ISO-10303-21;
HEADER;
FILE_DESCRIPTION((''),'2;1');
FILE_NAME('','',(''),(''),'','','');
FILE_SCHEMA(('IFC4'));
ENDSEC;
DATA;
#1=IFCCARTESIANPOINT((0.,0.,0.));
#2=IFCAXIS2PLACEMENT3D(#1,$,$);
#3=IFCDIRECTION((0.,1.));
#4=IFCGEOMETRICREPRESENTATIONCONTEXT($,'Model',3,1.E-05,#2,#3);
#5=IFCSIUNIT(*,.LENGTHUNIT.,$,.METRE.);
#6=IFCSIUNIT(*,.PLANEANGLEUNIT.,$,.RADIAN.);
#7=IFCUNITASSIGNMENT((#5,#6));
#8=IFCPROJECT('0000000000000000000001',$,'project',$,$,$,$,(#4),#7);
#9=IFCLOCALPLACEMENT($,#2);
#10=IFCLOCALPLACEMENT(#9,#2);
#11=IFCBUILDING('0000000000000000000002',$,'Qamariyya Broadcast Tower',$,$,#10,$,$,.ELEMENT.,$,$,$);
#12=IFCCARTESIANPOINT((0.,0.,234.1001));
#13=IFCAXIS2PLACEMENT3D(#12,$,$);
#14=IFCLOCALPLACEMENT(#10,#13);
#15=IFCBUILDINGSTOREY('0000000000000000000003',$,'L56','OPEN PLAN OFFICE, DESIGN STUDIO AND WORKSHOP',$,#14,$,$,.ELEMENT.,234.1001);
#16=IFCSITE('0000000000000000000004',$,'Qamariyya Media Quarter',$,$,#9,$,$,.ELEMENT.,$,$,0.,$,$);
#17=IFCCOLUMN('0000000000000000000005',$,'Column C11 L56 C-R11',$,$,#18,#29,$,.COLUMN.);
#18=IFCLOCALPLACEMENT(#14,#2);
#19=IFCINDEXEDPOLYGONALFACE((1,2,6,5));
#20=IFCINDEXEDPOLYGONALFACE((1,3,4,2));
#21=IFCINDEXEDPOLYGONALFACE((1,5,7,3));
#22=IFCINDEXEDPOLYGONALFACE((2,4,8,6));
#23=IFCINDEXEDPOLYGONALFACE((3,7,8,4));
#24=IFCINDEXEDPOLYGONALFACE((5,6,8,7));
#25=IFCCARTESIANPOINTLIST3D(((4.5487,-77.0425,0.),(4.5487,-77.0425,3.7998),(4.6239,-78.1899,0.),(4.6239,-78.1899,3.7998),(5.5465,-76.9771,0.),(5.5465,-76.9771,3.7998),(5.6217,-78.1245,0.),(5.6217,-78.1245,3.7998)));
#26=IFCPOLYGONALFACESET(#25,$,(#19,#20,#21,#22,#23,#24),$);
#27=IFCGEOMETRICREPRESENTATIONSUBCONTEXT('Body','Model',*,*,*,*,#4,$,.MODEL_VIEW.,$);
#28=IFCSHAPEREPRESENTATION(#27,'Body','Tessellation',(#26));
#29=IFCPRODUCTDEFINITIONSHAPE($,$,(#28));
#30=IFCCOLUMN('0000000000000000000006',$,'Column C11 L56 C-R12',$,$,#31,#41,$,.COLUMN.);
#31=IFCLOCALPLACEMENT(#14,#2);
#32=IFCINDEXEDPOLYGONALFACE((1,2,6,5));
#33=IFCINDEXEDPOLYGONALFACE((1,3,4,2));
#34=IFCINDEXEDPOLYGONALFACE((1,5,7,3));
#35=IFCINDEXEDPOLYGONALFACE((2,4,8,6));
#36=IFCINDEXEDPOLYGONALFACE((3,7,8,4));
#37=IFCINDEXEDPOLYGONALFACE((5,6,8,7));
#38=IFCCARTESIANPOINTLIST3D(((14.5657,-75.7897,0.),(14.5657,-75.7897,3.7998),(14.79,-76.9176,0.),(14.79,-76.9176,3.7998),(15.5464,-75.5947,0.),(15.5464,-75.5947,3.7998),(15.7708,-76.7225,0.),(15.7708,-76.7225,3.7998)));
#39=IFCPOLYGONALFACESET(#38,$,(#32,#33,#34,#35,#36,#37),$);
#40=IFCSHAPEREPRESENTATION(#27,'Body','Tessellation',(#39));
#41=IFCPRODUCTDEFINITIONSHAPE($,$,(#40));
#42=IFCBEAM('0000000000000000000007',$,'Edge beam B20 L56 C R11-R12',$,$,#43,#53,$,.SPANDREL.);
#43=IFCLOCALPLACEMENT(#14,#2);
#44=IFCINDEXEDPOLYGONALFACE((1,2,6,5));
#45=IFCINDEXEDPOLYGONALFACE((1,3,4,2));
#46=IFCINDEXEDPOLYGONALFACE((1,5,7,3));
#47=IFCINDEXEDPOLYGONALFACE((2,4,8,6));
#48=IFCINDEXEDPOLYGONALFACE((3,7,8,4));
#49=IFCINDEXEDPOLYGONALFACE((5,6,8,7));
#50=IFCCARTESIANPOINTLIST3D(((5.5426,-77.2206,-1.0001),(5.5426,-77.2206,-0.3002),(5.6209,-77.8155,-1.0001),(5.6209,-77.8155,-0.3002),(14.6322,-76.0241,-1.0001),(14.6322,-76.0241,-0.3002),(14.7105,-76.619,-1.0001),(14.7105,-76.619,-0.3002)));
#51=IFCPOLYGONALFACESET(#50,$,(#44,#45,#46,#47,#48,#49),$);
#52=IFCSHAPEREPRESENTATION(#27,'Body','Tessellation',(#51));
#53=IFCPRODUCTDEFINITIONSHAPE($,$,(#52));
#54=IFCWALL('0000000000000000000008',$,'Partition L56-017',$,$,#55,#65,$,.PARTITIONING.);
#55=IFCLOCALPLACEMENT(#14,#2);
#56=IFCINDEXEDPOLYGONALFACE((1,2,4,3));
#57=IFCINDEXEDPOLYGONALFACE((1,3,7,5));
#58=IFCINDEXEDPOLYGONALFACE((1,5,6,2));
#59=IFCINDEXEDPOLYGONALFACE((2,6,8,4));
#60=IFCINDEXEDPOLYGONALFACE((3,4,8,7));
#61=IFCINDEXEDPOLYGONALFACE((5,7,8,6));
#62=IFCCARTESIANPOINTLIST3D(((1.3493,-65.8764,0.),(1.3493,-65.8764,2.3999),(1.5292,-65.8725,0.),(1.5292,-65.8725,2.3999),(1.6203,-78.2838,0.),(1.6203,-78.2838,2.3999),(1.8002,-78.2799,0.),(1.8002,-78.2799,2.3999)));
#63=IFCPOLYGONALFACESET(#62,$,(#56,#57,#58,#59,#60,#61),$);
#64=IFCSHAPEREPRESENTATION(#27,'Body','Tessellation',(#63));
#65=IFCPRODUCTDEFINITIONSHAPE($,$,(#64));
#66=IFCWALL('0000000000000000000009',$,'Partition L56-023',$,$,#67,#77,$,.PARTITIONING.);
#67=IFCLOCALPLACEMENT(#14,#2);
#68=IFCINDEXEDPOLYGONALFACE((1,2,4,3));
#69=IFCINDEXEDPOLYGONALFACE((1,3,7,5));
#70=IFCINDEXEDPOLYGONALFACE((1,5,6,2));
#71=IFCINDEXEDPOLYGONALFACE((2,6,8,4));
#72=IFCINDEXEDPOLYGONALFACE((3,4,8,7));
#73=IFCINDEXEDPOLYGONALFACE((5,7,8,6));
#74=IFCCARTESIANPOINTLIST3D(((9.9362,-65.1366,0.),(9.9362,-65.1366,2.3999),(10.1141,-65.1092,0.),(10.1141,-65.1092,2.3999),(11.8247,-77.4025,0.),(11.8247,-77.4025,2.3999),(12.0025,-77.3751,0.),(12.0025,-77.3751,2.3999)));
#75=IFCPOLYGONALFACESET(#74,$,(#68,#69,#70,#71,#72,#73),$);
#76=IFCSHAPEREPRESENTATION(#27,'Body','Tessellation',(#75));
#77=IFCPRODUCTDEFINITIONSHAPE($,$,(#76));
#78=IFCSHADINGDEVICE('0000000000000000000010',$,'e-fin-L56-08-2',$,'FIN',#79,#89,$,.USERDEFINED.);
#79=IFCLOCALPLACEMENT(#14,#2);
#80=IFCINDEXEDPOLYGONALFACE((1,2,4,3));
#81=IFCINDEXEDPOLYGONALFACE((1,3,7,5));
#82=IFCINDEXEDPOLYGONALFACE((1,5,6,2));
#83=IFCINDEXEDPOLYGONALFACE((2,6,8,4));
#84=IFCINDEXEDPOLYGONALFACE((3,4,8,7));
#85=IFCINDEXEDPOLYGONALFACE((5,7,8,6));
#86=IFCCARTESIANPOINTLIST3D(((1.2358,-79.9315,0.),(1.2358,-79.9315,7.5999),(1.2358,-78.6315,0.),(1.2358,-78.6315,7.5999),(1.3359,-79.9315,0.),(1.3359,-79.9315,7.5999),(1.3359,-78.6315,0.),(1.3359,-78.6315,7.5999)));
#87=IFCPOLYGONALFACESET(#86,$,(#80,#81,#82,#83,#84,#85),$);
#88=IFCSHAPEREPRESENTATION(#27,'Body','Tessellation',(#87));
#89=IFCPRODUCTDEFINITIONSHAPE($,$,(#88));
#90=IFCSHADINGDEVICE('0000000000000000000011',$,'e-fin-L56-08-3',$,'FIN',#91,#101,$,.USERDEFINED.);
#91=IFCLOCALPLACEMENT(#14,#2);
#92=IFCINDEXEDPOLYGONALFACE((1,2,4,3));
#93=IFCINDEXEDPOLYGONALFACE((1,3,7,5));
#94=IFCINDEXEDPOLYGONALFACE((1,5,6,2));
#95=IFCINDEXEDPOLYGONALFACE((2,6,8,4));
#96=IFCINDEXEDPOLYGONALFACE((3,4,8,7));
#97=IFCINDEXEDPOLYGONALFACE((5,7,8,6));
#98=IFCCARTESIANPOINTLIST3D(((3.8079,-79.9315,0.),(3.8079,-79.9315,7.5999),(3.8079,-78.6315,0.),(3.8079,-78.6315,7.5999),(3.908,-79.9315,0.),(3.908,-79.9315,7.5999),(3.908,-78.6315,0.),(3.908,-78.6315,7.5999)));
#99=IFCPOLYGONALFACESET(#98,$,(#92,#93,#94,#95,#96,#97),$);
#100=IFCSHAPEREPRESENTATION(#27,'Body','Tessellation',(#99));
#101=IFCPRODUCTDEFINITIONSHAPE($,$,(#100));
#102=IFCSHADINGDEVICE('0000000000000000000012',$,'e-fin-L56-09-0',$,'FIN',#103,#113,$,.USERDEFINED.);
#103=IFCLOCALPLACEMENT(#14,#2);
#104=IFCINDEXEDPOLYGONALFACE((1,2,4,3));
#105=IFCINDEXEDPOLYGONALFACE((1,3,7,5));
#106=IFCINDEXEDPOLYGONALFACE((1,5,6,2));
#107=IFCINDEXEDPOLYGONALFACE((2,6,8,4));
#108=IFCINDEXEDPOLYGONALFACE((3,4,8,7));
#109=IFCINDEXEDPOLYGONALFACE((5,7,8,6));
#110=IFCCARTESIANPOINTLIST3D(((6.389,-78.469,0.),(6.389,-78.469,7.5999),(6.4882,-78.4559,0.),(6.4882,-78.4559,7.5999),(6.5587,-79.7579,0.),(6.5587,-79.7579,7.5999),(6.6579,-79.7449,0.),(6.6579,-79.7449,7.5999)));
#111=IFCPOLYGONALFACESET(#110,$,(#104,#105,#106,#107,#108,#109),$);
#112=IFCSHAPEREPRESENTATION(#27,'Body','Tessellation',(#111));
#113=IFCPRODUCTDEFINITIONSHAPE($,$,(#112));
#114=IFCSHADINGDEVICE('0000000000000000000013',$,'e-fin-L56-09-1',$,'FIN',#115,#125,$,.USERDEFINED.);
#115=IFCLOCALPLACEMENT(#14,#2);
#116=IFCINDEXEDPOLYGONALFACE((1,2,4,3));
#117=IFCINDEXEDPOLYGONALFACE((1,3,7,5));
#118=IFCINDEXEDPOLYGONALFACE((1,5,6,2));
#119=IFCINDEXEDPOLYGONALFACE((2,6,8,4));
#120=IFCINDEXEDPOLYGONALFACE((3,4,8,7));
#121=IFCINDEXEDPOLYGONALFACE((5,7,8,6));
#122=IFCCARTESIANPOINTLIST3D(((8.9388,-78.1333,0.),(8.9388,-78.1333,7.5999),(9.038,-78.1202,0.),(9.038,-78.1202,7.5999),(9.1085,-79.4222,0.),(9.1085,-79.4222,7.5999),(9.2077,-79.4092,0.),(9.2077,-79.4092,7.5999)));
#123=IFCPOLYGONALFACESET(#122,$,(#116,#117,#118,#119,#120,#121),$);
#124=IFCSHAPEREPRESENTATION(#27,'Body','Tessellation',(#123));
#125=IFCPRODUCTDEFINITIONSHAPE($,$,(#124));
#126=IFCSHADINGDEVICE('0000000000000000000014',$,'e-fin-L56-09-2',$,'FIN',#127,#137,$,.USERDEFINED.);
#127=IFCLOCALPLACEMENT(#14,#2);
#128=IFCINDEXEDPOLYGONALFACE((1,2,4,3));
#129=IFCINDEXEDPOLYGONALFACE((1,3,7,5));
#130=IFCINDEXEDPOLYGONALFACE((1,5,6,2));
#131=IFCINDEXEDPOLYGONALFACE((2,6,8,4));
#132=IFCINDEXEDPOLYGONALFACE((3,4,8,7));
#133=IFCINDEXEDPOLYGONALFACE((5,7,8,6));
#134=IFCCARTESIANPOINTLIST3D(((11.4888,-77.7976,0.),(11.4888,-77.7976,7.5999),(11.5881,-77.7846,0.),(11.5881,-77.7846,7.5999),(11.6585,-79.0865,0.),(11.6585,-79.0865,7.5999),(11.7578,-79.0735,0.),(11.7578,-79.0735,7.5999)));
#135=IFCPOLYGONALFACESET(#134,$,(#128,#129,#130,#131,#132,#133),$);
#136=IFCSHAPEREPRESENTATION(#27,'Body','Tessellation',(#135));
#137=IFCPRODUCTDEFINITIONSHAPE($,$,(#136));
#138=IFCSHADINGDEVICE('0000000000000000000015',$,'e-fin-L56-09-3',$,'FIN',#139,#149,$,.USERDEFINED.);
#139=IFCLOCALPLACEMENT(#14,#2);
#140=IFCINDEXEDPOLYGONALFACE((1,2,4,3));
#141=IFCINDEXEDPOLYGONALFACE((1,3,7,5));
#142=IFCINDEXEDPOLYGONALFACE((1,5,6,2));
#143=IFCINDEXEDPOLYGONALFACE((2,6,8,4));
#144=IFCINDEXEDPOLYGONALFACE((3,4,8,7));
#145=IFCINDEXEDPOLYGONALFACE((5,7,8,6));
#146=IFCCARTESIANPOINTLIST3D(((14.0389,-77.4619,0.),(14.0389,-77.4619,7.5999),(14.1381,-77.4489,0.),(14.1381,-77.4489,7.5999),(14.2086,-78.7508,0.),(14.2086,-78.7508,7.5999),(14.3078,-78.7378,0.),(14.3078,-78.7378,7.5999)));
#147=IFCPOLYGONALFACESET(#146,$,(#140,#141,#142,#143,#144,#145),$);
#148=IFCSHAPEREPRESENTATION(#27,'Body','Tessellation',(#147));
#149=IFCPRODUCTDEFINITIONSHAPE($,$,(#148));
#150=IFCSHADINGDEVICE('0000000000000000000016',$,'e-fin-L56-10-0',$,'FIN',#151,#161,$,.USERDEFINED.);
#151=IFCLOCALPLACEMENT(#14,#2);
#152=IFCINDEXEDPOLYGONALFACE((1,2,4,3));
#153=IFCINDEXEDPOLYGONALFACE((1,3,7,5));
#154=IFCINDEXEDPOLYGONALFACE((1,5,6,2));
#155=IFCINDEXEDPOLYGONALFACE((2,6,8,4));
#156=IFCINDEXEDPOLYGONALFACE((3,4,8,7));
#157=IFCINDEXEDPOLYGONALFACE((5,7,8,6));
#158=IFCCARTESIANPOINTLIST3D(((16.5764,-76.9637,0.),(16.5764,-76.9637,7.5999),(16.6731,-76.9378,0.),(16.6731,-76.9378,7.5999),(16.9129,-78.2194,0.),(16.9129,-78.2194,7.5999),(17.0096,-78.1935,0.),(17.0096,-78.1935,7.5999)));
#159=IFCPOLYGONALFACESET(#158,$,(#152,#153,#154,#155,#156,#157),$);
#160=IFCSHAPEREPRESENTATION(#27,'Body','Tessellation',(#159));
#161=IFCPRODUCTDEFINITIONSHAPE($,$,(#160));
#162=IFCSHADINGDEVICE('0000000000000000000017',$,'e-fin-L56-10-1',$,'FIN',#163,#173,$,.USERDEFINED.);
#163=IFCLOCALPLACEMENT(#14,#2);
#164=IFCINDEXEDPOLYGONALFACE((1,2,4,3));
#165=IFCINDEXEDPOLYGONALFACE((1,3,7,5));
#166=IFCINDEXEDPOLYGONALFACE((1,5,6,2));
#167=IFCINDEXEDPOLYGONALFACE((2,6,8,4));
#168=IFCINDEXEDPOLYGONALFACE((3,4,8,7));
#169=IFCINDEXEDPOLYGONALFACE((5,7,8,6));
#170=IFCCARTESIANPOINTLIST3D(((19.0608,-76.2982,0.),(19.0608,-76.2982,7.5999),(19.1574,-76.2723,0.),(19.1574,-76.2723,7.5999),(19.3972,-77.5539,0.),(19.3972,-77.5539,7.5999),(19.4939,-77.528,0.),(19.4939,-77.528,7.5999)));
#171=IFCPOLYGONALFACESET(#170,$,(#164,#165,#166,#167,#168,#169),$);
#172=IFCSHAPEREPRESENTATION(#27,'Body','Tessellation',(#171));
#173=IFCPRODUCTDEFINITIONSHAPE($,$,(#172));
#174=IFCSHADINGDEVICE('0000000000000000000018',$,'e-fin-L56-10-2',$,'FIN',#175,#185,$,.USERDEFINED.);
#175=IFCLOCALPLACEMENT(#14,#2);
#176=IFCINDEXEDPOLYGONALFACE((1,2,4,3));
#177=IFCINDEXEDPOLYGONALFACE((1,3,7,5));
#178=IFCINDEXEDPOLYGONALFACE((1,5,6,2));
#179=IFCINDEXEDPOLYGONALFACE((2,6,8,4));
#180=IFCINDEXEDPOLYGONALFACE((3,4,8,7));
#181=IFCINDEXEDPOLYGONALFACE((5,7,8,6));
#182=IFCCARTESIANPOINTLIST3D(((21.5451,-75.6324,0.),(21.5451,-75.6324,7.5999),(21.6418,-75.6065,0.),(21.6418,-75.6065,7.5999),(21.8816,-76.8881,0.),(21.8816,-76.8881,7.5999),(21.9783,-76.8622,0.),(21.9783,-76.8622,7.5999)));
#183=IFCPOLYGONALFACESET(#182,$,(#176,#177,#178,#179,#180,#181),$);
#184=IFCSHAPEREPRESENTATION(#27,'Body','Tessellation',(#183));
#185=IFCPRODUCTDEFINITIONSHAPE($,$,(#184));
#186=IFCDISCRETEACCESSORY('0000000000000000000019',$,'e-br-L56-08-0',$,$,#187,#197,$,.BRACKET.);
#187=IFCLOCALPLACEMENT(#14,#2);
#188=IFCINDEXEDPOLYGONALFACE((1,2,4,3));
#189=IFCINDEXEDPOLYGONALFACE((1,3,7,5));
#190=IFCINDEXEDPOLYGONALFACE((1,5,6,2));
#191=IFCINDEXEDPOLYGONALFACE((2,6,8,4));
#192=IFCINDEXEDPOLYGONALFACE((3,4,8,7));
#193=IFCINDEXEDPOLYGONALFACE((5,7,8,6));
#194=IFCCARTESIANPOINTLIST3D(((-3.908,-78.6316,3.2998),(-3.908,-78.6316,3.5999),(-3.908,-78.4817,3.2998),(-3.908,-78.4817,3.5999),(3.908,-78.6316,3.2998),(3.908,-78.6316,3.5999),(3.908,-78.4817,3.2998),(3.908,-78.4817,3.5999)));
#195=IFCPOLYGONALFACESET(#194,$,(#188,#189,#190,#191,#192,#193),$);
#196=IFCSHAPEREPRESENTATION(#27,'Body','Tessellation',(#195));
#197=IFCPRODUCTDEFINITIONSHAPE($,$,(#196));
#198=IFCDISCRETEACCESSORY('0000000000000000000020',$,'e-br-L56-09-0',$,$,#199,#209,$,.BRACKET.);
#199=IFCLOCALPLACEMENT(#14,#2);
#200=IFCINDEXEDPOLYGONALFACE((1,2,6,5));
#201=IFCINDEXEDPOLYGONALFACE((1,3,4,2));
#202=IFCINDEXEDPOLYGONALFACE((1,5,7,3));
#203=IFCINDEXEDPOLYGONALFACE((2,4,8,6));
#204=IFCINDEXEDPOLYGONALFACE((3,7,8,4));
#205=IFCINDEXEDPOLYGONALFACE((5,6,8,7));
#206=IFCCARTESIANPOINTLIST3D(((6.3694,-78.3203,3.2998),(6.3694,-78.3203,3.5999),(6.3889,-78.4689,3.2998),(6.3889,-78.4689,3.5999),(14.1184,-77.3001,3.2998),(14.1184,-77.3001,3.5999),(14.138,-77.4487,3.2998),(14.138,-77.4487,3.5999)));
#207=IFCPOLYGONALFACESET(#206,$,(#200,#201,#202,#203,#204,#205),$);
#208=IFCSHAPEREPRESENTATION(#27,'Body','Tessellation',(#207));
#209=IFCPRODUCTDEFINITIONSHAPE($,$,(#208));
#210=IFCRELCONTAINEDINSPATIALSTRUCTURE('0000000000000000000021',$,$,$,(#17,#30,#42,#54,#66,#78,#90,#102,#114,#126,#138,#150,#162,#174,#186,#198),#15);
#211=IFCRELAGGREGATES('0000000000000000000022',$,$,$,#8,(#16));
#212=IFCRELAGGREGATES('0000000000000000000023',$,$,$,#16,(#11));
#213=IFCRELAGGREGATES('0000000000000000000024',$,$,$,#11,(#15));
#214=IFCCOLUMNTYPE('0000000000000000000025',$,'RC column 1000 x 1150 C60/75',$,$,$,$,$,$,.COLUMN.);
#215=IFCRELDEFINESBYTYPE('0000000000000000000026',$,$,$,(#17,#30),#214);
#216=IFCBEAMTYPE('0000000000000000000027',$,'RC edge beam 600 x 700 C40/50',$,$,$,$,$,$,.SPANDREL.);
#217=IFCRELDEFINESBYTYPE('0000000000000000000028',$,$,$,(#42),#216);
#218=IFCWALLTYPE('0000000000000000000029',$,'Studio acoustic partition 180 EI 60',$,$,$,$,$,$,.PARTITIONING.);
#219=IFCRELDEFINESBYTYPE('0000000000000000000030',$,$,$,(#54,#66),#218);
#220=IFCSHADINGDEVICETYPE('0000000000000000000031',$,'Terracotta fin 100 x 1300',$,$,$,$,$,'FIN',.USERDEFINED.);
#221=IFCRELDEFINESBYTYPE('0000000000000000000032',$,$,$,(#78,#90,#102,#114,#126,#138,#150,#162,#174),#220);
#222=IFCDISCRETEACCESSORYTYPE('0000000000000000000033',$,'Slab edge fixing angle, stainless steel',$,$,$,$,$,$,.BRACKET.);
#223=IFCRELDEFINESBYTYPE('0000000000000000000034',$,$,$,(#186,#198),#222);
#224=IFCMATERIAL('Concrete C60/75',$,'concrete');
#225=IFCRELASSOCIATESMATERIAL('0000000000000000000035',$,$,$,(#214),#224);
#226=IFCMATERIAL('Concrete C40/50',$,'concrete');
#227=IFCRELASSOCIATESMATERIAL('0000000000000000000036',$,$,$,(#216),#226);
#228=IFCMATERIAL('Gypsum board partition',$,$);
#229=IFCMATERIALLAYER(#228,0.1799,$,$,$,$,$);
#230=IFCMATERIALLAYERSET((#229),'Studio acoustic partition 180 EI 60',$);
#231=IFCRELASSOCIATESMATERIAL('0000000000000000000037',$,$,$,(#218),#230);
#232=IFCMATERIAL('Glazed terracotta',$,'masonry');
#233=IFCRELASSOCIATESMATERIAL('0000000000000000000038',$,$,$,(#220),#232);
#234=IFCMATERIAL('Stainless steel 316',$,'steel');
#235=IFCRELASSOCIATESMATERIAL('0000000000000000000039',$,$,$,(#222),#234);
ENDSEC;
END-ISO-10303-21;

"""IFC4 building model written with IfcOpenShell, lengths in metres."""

from ifc_helpers import new_model, si_unit, direction, frame, frame_2d, origin, origin_2d, place, context, subcontext, project, spatial, rectangle, extrude, material, layer, layer_set, material_profile, profile_set, type_object, element, save


model = new_model("IFC4")

# Units and contexts
model_context = context("Model", 3, precision=1e-05, world=origin(), true_north=direction((0.0, 1.0)))
body_context = subcontext(model_context, "Body", "Model", "MODEL_VIEW")
ifc_project = project(units=[si_unit("LENGTHUNIT", "METRE"), si_unit("PLANEANGLEUNIT", "RADIAN")], contexts=[model_context])

# Site, building, storey
site_placement = place(None, origin())
site = spatial("IfcSite", under=ifc_project, at=site_placement, Name="Qamariyya Media Quarter", CompositionType="ELEMENT", RefElevation=0.0)
building_placement = place(site_placement, origin())
building = spatial("IfcBuilding", under=site, at=building_placement, Name="Qamariyya Broadcast Tower", CompositionType="ELEMENT")
storey_placement = place(building_placement, frame((0.0, 0.0, 234.1001)))
storey = spatial("IfcBuildingStorey", under=building, at=storey_placement, Name="L56", Description="OPEN PLAN OFFICE, DESIGN STUDIO AND WORKSHOP", CompositionType="ELEMENT", Elevation=234.1001)

# Columns
ifc_material_1 = material(Name="Concrete C60/75", Category="concrete")
ifc_material_profile_1 = material_profile(ifc_material_1, rectangle(XDim=1.0, YDim=1.1499, at=origin_2d()))
ifc_profile_set_1 = profile_set([ifc_material_profile_1], Name="Concrete C60/75")
column_type = type_object("IfcColumnType", Name="RC column 1000 x 1150 C60/75", PredefinedType="COLUMN", material=ifc_profile_set_1)
for number, where, z_axis, x_axis, name in (
    (1, (5.0852, -77.5835, 0.0), (0.0, 0.0, 1.0), (0.997859, 0.065403, 0.0), "Column C11 L56 C-R11"),
    (2, (15.1682, -76.2561, 0.0), (0.0, 0.0, 1.0), (0.980785, 0.19509, 0.0), "Column C11 L56 C-R12"),
):
    element("IfcColumn", number, at=place(storey_placement, frame(where, z_axis=z_axis, x_axis=x_axis)), inside=storey, type_object=column_type, Name=name, PredefinedType="COLUMN", context=body_context, shape_type="SweptSolid", body=[
        extrude(rectangle(XDim=1.0, YDim=1.1499, at=origin_2d()), origin(), (0.0, 0.0, 1.0), 3.7998),
    ])

# Beam
ifc_material_2 = material(Name="Concrete C40/50", Category="concrete")
ifc_material_profile_2 = material_profile(ifc_material_2, rectangle(XDim=0.6001, YDim=0.7, at=origin_2d()))
ifc_profile_set_2 = profile_set([ifc_material_profile_2], Name="Concrete C40/50")
beam_type = type_object("IfcBeamType", Name="RC edge beam 600 x 700 C40/50", PredefinedType="SPANDREL", material=ifc_profile_set_2)
beam_placement = place(storey_placement, frame((5.5818, -77.5181, -0.6501), z_axis=(0.991447, 0.130512, 0.0), x_axis=(-0.130512, 0.991447, 0.0)))
element("IfcBeam", 3, at=beam_placement, inside=storey, type_object=beam_type, Name="Edge beam B20 L56 C R11-R12", PredefinedType="SPANDREL", context=body_context, shape_type="SweptSolid", body=[
    extrude(rectangle(XDim=0.6001, YDim=0.7, at=origin_2d()), origin(), (0.0, 0.0, 1.0), 9.168),
])

# Walls
ifc_material_3 = material(Name="Gypsum board partition")
ifc_layer = layer(ifc_material_3, 0.1799)
ifc_layer_set = layer_set([ifc_layer], Name="Studio acoustic partition 180 EI 60")
wall_type = type_object("IfcWallType", Name="Studio acoustic partition 180 EI 60", PredefinedType="PARTITIONING", material=ifc_layer_set)
for number, where, z_axis, x_axis, name in (
    (4, (1.7102, -78.2817, 0.0), (0.0, 0.0, 1.0), (-0.021836, 0.999762, 0.0), "Partition L56-017"),
    (5, (11.9136, -77.3887, 0.0), (0.0, 0.0, 1.0), (-0.152165, 0.988355, 0.0), "Partition L56-023"),
):
    element("IfcWall", number, at=place(storey_placement, frame(where, z_axis=z_axis, x_axis=x_axis)), inside=storey, type_object=wall_type, Name=name, PredefinedType="PARTITIONING", context=body_context, shape_type="SweptSolid", body=[
        extrude(rectangle(XDim=12.4104, YDim=0.1799, at=frame_2d((6.2051, 0.0))), origin(), (0.0, 0.0, 1.0), 2.3999),
    ])

# Shading devices
ifc_material_4 = material(Name="Glazed terracotta", Category="masonry")
ifc_material_profile_3 = material_profile(ifc_material_4, rectangle(XDim=1.3, YDim=0.1001, at=origin_2d()))
ifc_profile_set_3 = profile_set([ifc_material_profile_3], Name="Glazed terracotta")
shading_device_type_1 = type_object("IfcShadingDeviceType", Name="Terracotta fin 100 x 1300", ElementType="FIN", PredefinedType="USERDEFINED", material=ifc_profile_set_3)
for number, where, z_axis, x_axis, name in (
    (6, (1.2859, -79.2815, 0.0), (0.0, 0.0, 1.0), (0.0, -1.0, 0.0), "e-fin-L56-08-2"),
    (7, (3.8579, -79.2815, 0.0), (0.0, 0.0, 1.0), (0.0, -1.0, 0.0), "e-fin-L56-08-3"),
    (8, (6.5234, -79.1069, 0.0), (0.0, 0.0, 1.0), (0.130526, -0.991445, 0.0), "e-fin-L56-09-0"),
    (9, (9.0732, -78.7712, 0.0), (0.0, 0.0, 1.0), (0.130526, -0.991445, 0.0), "e-fin-L56-09-1"),
    (10, (11.6233, -78.4355, 0.0), (0.0, 0.0, 1.0), (0.130526, -0.991445, 0.0), "e-fin-L56-09-2"),
    (11, (14.1733, -78.0999, 0.0), (0.0, 0.0, 1.0), (0.130526, -0.991445, 0.0), "e-fin-L56-09-3"),
    (12, (16.793, -77.5786, 0.0), (0.0, 0.0, 1.0), (0.258819, -0.965926, 0.0), "e-fin-L56-10-0"),
    (13, (19.2773, -76.9131, 0.0), (0.0, 0.0, 1.0), (0.258819, -0.965926, 0.0), "e-fin-L56-10-1"),
    (14, (21.7617, -76.2473, 0.0), (0.0, 0.0, 1.0), (0.258819, -0.965926, 0.0), "e-fin-L56-10-2"),
):
    element("IfcShadingDevice", number, at=place(storey_placement, frame(where, z_axis=z_axis, x_axis=x_axis)), inside=storey, type_object=shading_device_type_1, Name=name, ObjectType="FIN", PredefinedType="USERDEFINED", context=body_context, shape_type="SweptSolid", body=[
        extrude(rectangle(XDim=1.3, YDim=0.1001, at=origin_2d()), origin(), (0.0, 0.0, 1.0), 7.5999),
    ])

# Discrete accessories
ifc_material_5 = material(Name="Stainless steel 316", Category="steel")
discrete_accessory_type = type_object("IfcDiscreteAccessoryType", Name="Slab edge fixing angle, stainless steel", PredefinedType="BRACKET", material=ifc_material_5)
for number, where, z_axis, x_axis, name in (
    (15, (0.0, -78.5566, 3.2998), (0.0, 0.0, 1.0), (1.0, 0.0, 0.0), "e-br-L56-08-0"),
    (16, (10.2537, -77.8845, 3.2998), (0.0, 0.0, 1.0), (0.991445, 0.130526, 0.0), "e-br-L56-09-0"),
):
    element("IfcDiscreteAccessory", number, at=place(storey_placement, frame(where, z_axis=z_axis, x_axis=x_axis)), inside=storey, type_object=discrete_accessory_type, Name=name, PredefinedType="BRACKET", context=body_context, shape_type="SweptSolid", body=[
        extrude(rectangle(XDim=7.8159, YDim=0.1499, at=origin_2d()), origin(), (0.0, 0.0, 1.0), 0.3),
    ])

save(model, "model.ifc")
